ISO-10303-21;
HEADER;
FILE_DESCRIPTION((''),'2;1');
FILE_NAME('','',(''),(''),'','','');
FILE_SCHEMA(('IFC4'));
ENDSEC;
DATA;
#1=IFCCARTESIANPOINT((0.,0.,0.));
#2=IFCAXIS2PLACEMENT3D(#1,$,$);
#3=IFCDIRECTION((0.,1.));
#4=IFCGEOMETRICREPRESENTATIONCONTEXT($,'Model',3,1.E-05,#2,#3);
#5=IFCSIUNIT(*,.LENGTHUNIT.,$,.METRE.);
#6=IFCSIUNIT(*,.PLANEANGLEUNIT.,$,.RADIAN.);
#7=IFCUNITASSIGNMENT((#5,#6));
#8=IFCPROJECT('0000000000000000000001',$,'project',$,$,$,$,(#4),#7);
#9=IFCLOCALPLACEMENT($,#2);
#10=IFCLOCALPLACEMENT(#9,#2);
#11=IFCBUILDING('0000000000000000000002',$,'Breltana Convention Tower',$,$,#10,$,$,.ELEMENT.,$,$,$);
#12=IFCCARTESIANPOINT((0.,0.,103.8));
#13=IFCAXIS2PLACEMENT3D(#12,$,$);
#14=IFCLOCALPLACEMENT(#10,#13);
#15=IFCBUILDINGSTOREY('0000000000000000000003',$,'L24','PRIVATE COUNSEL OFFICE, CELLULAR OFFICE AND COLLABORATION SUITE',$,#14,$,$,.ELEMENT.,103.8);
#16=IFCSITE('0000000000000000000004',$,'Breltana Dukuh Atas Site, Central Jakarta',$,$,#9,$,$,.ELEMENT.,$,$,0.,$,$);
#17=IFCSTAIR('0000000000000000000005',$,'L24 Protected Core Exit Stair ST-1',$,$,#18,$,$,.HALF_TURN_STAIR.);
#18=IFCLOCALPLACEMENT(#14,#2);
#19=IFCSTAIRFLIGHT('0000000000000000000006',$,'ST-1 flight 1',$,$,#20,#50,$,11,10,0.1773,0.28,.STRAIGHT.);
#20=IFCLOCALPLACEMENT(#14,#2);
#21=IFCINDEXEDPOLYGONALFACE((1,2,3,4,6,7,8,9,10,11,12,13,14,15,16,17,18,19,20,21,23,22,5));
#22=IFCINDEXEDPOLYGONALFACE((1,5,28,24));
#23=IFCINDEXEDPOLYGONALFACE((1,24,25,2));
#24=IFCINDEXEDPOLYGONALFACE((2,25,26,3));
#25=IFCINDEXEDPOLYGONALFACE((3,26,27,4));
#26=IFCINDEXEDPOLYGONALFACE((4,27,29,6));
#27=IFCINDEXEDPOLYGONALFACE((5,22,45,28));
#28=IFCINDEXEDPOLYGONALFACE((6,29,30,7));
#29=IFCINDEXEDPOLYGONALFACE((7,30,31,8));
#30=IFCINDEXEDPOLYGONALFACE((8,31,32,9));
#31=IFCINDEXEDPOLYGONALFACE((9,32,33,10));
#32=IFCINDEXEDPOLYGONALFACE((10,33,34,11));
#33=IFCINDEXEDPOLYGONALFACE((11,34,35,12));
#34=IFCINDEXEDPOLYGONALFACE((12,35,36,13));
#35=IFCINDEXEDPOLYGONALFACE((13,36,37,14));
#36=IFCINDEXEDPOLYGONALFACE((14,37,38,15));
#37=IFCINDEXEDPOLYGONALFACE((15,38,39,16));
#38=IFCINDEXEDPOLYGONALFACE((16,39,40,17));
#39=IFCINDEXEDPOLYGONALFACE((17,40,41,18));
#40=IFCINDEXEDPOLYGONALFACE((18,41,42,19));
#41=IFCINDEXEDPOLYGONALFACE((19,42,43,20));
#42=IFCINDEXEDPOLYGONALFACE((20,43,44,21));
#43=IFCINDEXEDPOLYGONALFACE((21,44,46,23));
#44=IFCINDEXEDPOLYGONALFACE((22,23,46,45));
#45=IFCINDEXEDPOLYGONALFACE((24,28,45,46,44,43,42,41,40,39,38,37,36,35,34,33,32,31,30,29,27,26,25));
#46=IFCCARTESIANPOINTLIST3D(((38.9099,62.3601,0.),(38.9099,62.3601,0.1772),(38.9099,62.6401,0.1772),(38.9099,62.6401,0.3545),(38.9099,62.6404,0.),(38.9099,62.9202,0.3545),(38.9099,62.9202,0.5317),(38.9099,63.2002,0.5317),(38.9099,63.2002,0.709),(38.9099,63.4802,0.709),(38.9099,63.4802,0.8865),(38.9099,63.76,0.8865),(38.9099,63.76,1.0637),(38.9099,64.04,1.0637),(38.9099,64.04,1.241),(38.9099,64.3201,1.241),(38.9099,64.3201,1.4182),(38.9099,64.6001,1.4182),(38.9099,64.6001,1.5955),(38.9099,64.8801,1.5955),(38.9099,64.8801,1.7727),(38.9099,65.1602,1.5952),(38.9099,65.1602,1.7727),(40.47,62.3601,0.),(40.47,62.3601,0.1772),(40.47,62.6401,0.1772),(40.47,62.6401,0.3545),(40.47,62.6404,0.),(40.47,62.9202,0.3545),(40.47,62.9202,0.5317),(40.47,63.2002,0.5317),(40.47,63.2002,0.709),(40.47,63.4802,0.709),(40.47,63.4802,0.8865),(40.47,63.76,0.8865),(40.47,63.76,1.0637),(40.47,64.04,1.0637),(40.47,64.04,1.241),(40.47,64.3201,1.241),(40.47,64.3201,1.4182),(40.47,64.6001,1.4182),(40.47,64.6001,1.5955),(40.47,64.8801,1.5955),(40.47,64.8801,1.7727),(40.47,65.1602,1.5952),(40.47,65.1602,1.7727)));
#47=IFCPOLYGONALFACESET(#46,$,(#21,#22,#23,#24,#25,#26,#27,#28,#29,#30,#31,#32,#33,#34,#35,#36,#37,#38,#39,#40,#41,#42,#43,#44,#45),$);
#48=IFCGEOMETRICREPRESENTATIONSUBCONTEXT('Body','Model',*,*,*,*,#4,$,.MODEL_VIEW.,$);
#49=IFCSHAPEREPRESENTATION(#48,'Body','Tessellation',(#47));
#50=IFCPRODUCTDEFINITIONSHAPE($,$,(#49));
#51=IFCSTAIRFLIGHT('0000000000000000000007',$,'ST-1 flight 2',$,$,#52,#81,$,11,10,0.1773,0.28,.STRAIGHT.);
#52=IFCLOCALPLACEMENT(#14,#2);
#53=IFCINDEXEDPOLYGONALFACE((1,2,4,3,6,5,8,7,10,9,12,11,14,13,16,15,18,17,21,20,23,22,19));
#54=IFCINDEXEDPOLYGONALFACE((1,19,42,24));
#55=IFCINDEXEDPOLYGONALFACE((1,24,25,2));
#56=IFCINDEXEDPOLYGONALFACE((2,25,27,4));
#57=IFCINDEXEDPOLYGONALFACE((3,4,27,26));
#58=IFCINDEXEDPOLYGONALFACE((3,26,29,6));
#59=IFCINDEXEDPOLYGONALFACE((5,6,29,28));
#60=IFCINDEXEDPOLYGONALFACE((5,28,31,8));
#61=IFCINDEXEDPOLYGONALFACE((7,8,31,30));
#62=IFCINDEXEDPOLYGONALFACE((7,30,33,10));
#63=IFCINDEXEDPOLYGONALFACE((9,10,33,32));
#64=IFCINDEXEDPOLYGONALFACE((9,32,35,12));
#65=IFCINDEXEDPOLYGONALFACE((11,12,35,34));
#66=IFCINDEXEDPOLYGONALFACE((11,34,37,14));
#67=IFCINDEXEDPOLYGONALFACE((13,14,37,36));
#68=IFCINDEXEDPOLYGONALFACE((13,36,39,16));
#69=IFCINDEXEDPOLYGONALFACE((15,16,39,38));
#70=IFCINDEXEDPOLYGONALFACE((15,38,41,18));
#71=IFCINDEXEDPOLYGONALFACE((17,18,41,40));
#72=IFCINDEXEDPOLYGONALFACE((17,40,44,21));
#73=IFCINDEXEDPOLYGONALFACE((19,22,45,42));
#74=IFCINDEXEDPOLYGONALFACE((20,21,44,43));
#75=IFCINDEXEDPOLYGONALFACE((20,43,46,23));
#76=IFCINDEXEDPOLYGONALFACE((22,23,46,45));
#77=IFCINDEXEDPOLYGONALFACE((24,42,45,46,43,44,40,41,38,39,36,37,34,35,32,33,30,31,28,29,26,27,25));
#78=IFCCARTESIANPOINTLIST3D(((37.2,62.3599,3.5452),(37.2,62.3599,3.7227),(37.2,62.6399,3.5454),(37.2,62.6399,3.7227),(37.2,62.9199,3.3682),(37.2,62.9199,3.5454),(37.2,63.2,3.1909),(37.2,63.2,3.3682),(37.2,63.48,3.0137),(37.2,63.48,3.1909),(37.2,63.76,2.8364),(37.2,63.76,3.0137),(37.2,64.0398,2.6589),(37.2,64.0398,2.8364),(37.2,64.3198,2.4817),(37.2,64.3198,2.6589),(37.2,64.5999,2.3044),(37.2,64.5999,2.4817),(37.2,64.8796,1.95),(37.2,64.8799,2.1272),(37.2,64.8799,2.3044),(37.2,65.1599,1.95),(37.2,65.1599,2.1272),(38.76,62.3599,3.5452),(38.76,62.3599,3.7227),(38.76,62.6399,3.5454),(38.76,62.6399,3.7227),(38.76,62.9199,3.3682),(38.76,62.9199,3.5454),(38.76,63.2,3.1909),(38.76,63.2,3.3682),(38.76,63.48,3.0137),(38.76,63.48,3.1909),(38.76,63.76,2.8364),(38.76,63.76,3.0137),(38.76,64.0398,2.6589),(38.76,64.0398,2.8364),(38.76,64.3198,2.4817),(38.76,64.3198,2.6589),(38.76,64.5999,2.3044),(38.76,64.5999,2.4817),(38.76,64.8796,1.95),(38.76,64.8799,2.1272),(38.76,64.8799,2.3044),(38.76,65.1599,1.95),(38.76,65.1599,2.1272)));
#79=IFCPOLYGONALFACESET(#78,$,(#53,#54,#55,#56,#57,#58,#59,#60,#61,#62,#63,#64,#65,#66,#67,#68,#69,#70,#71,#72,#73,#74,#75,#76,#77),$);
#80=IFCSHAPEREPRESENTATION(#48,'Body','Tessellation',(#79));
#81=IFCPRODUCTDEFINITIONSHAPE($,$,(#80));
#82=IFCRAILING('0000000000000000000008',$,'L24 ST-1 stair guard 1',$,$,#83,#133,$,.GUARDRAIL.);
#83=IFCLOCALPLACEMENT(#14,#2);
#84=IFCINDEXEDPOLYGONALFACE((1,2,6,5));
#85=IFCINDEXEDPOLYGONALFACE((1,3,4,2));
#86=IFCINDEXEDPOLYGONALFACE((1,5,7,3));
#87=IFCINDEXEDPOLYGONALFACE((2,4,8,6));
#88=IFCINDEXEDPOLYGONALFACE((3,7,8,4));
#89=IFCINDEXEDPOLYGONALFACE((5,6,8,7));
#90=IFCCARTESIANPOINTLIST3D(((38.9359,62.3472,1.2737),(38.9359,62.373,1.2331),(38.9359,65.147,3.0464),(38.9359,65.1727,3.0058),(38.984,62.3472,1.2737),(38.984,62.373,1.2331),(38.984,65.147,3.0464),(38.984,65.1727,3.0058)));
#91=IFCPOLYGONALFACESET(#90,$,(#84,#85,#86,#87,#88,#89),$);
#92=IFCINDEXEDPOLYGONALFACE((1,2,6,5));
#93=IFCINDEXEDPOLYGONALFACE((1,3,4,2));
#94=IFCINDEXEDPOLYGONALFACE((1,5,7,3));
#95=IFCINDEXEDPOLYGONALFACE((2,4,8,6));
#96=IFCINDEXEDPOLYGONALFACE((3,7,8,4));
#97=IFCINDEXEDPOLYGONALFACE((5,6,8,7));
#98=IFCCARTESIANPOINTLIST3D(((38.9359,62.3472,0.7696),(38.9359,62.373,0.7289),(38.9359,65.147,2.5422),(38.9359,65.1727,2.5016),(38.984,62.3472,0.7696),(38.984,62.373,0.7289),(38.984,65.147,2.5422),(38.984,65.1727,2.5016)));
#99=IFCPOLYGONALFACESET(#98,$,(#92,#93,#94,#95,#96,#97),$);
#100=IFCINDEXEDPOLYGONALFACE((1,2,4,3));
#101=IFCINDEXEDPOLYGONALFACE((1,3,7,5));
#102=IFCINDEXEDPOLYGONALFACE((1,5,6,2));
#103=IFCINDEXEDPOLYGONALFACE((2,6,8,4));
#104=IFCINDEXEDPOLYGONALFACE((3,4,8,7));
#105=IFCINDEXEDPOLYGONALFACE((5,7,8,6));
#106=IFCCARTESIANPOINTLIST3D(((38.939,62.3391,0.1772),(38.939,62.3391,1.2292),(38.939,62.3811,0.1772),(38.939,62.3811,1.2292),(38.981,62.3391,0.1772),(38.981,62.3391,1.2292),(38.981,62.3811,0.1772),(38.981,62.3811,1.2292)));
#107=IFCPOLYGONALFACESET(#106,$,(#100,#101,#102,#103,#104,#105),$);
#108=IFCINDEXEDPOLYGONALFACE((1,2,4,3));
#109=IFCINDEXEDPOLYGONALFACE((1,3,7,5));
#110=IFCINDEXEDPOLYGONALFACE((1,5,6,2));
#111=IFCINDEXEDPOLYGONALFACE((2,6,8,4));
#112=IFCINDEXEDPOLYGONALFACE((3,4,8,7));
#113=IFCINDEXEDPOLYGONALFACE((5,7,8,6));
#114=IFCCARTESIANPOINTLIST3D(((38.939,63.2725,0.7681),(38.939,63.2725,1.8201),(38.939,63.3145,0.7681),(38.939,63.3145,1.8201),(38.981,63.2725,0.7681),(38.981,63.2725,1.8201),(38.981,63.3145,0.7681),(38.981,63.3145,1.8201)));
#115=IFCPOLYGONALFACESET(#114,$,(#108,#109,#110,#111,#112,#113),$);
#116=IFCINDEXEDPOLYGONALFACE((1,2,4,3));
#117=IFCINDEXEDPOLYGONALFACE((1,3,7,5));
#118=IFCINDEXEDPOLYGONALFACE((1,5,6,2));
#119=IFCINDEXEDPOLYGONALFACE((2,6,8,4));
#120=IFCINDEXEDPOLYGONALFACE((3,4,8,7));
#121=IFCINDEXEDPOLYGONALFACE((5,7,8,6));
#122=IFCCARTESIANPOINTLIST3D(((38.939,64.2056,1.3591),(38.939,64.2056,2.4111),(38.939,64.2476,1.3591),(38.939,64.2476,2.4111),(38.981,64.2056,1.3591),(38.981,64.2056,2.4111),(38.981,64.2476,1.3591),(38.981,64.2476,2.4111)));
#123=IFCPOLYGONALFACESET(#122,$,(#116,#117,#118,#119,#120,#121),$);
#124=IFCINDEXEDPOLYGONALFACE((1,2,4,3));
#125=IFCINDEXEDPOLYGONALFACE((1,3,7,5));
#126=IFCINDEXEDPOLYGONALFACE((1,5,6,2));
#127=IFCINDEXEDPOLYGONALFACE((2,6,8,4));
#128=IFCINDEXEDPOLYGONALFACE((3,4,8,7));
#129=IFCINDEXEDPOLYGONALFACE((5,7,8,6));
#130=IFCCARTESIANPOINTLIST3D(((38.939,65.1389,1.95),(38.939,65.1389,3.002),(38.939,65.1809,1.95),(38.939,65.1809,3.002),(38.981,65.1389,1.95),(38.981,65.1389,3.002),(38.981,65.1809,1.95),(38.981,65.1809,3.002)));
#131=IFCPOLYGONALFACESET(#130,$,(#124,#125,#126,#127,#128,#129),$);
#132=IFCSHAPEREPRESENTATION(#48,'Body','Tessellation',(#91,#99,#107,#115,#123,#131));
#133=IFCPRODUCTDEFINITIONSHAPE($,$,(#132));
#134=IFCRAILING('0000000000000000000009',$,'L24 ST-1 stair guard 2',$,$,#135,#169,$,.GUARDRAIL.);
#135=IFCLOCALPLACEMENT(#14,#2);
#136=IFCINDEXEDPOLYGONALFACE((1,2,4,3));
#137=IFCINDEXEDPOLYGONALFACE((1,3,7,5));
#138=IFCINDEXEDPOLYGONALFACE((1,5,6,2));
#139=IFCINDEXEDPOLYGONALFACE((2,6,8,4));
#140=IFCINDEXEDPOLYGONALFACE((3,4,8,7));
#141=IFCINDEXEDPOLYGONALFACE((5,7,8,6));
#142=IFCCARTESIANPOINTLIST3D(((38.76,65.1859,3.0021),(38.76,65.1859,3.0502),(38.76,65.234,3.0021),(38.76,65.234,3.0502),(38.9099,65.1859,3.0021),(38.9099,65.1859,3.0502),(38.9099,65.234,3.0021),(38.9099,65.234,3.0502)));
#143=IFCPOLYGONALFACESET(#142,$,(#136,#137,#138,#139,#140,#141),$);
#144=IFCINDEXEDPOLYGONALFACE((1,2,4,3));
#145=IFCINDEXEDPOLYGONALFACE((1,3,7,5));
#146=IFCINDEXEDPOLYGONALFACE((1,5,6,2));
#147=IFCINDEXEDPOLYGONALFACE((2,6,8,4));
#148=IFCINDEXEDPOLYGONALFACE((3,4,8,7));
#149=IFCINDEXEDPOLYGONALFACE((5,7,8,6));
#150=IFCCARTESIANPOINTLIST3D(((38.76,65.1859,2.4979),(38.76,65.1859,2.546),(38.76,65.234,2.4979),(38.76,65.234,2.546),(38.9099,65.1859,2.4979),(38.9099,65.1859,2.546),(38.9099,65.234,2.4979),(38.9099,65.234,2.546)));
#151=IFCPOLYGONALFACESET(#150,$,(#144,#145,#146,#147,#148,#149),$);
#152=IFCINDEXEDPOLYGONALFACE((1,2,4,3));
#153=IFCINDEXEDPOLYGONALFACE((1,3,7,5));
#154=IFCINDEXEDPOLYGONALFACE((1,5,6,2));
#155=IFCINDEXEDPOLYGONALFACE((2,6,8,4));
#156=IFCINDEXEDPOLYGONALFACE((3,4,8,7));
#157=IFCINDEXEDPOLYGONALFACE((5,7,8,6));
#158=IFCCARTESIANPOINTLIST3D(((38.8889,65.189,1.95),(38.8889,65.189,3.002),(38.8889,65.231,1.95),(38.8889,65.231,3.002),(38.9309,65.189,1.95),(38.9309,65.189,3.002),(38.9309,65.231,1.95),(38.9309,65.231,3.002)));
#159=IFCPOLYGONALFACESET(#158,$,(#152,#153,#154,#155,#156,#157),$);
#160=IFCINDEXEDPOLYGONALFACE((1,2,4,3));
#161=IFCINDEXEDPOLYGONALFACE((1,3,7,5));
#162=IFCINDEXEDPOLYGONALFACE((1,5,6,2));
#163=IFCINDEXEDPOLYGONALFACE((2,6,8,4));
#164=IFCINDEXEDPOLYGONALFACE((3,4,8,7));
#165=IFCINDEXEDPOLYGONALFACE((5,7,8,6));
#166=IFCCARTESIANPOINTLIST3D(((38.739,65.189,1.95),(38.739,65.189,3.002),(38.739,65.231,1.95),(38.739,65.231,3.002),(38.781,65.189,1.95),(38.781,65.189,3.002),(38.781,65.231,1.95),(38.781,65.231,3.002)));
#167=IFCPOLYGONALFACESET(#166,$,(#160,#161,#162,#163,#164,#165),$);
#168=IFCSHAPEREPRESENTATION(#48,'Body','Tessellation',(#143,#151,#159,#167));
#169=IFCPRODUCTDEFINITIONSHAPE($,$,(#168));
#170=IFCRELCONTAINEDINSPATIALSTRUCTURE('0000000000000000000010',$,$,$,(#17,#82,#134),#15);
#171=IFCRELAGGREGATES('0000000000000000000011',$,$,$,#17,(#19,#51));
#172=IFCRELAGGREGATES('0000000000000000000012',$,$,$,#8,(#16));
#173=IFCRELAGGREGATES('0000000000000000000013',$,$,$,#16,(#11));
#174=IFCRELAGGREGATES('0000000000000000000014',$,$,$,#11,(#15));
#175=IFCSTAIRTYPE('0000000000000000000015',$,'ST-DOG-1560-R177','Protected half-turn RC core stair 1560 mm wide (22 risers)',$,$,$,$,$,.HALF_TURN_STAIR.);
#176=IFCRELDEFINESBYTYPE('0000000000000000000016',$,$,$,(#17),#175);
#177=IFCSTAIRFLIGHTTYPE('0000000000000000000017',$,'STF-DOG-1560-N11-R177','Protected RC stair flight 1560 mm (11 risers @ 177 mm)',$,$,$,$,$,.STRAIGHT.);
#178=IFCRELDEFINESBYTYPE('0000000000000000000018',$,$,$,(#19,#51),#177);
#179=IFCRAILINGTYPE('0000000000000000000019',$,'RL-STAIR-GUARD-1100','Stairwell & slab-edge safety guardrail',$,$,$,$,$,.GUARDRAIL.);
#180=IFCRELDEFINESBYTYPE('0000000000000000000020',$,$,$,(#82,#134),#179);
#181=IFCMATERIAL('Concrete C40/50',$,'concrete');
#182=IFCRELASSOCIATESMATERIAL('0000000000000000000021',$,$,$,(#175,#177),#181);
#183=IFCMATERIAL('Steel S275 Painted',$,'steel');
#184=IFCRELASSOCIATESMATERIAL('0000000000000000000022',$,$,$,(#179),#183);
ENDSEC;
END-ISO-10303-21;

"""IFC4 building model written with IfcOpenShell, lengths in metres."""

from ifc_helpers import new_model, si_unit, direction, frame, origin, origin_2d, place, context, subcontext, project, spatial, polyline, rectangle, outline, extrude, material, type_object, element, aggregate, save


model = new_model("IFC4")

# Units and contexts
model_context = context("Model", 3, precision=1e-05, world=origin(), true_north=direction((0.0, 1.0)))
body_context = subcontext(model_context, "Body", "Model", "MODEL_VIEW")
ifc_project = project(units=[si_unit("LENGTHUNIT", "METRE"), si_unit("PLANEANGLEUNIT", "RADIAN")], contexts=[model_context])

# Site, building, storey
site_placement = place(None, origin())
site = spatial("IfcSite", under=ifc_project, at=site_placement, Name="Breltana Dukuh Atas Site, Central Jakarta", CompositionType="ELEMENT", RefElevation=0.0)
building_placement = place(site_placement, origin())
building = spatial("IfcBuilding", under=site, at=building_placement, Name="Breltana Convention Tower", CompositionType="ELEMENT")
storey_placement = place(building_placement, frame((0.0, 0.0, 103.8)))
storey = spatial("IfcBuildingStorey", under=building, at=storey_placement, Name="L24", Description="PRIVATE COUNSEL OFFICE, CELLULAR OFFICE AND COLLABORATION SUITE", CompositionType="ELEMENT", Elevation=103.8)

# Stair, stair flights
ifc_material_1 = material(Name="Concrete C40/50", Category="concrete")
stair_type = type_object("IfcStairType", Name="ST-DOG-1560-R177", Description="Protected half-turn RC core stair 1560 mm wide (22 risers)", PredefinedType="HALF_TURN_STAIR", material=ifc_material_1)
stair_placement = place(storey_placement, origin())
stair = element("IfcStair", 1, at=stair_placement, inside=storey, type_object=stair_type, Name="L24 Protected Core Exit Stair ST-1", PredefinedType="HALF_TURN_STAIR")
stair_flight_type = type_object("IfcStairFlightType", Name="STF-DOG-1560-N11-R177", Description="Protected RC stair flight 1560 mm (11 risers @ 177 mm)", PredefinedType="STRAIGHT", material=ifc_material_1)
stair_flight_1_placement = place(storey_placement, frame((39.6899, 62.3601, 0.0), z_axis=(0.0, 0.0, 1.0), x_axis=(0.0, 1.0, 0.0)))
stair_flight_1 = element("IfcStairFlight", 2, at=stair_flight_1_placement, type_object=stair_flight_type, Name="ST-1 flight 1", NumberOfRisers=11, NumberOfTreads=10, PredefinedType="STRAIGHT", RiserHeight=0.1773, TreadLength=0.28, context=body_context, shape_type="SweptSolid", body=[
    extrude(outline(polyline([(0.0, 0.0), (0.0, 0.1772), (0.28, 0.1772), (0.28, 0.3545), (0.5601, 0.3545), (0.5601, 0.5317), (0.8401, 0.5317), (0.8401, 0.709), (1.1201, 0.709), (1.1201, 0.8865), (1.3999, 0.8865), (1.3999, 1.0637), (1.6799, 1.0637), (1.6799, 1.241), (1.96, 1.241), (1.96, 1.4182), (2.24, 1.4182), (2.24, 1.5955), (2.52, 1.5955), (2.52, 1.7727), (2.8, 1.7727), (2.8, 1.95), (2.8, 1.5952), (0.2803, 0.0), (0.0, 0.0)])), frame((0.0, 0.78, 0.0), z_axis=(0.0, -1.0, 0.0), x_axis=(1.0, 0.0, 0.0)), (0.0, 0.0, 1.0), 1.5601),
])
stair_flight_2_placement = place(storey_placement, frame((37.98, 65.1599, 1.95), z_axis=(0.0, 0.0, 1.0), x_axis=(0.0, -1.0, 0.0)))
stair_flight_2 = element("IfcStairFlight", 3, at=stair_flight_2_placement, type_object=stair_flight_type, Name="ST-1 flight 2", NumberOfRisers=11, NumberOfTreads=10, PredefinedType="STRAIGHT", RiserHeight=0.1773, TreadLength=0.28, context=body_context, shape_type="SweptSolid", body=[
    extrude(outline(polyline([(0.0, 0.0), (0.0, 0.1772), (0.28, 0.1772), (0.28, 0.3545), (0.5601, 0.3545), (0.5601, 0.5317), (0.8401, 0.5317), (0.8401, 0.709), (1.1201, 0.709), (1.1201, 0.8865), (1.3999, 0.8865), (1.3999, 1.0637), (1.6799, 1.0637), (1.6799, 1.241), (1.96, 1.241), (1.96, 1.4182), (2.24, 1.4182), (2.24, 1.5955), (2.52, 1.5955), (2.52, 1.7727), (2.8, 1.7727), (2.8, 1.95), (2.8, 1.5952), (0.2803, 0.0), (0.0, 0.0)])), frame((0.0, 0.78, 0.0), z_axis=(0.0, -1.0, 0.0), x_axis=(1.0, 0.0, 0.0)), (0.0, 0.0, 1.0), 1.5601),
])
aggregate(stair, [stair_flight_1, stair_flight_2])

# Railings
ifc_material_2 = material(Name="Steel S275 Painted", Category="steel")
railing_type_1 = type_object("IfcRailingType", Name="RL-STAIR-GUARD-1100", Description="Stairwell & slab-edge safety guardrail", PredefinedType="GUARDRAIL", material=ifc_material_2)
railing_1_placement = place(storey_placement, frame((38.96, 62.3601, 0.1772)))
element("IfcRailing", 4, at=railing_1_placement, inside=storey, type_object=railing_type_1, Name="L24 ST-1 stair guard 1", PredefinedType="GUARDRAIL", context=body_context, shape_type="SweptSolid", body=[
    extrude(rectangle(XDim=0.0481, YDim=0.0481, at=origin_2d()), frame((0.0, 0.0, 1.0762), z_axis=(0.0, 0.844888, 0.534943), x_axis=(-1.0, 0.0, 0.0)), (0.0, 0.0, 1.0), 3.3137),
    extrude(rectangle(XDim=0.0481, YDim=0.0481, at=origin_2d()), frame((0.0, 0.0, 0.572), z_axis=(0.0, 0.844888, 0.534943), x_axis=(-1.0, 0.0, 0.0)), (0.0, 0.0, 1.0), 3.3137),
    extrude(rectangle(XDim=0.042, YDim=0.042, at=origin_2d()), origin(), (0.0, 0.0, 1.0), 1.052),
    extrude(rectangle(XDim=0.042, YDim=0.042, at=origin_2d()), frame((0.0, 0.9333, 0.5908)), (0.0, 0.0, 1.0), 1.052),
    extrude(rectangle(XDim=0.042, YDim=0.042, at=origin_2d()), frame((0.0, 1.8665, 1.1819)), (0.0, 0.0, 1.0), 1.052),
    extrude(rectangle(XDim=0.042, YDim=0.042, at=origin_2d()), frame((0.0, 2.7998, 1.7727)), (0.0, 0.0, 1.0), 1.052),
])
railing_2_placement = place(storey_placement, frame((38.9099, 65.21, 1.95)))
element("IfcRailing", 5, at=railing_2_placement, inside=storey, type_object=railing_type_1, Name="L24 ST-1 stair guard 2", PredefinedType="GUARDRAIL", context=body_context, shape_type="SweptSolid", body=[
    extrude(rectangle(XDim=0.0481, YDim=0.0481, at=origin_2d()), frame((0.0, 0.0, 1.0762), z_axis=(-1.0, 0.0, 0.0), x_axis=(0.0, -1.0, 0.0)), (0.0, 0.0, 1.0), 0.1499),
    extrude(rectangle(XDim=0.0481, YDim=0.0481, at=origin_2d()), frame((0.0, 0.0, 0.572), z_axis=(-1.0, 0.0, 0.0), x_axis=(0.0, -1.0, 0.0)), (0.0, 0.0, 1.0), 0.1499),
    extrude(rectangle(XDim=0.042, YDim=0.042, at=origin_2d()), origin(), (0.0, 0.0, 1.0), 1.052),
    extrude(rectangle(XDim=0.042, YDim=0.042, at=origin_2d()), frame((-0.1499, 0.0, 0.0)), (0.0, 0.0, 1.0), 1.052),
])

save(model, "model.ifc")
